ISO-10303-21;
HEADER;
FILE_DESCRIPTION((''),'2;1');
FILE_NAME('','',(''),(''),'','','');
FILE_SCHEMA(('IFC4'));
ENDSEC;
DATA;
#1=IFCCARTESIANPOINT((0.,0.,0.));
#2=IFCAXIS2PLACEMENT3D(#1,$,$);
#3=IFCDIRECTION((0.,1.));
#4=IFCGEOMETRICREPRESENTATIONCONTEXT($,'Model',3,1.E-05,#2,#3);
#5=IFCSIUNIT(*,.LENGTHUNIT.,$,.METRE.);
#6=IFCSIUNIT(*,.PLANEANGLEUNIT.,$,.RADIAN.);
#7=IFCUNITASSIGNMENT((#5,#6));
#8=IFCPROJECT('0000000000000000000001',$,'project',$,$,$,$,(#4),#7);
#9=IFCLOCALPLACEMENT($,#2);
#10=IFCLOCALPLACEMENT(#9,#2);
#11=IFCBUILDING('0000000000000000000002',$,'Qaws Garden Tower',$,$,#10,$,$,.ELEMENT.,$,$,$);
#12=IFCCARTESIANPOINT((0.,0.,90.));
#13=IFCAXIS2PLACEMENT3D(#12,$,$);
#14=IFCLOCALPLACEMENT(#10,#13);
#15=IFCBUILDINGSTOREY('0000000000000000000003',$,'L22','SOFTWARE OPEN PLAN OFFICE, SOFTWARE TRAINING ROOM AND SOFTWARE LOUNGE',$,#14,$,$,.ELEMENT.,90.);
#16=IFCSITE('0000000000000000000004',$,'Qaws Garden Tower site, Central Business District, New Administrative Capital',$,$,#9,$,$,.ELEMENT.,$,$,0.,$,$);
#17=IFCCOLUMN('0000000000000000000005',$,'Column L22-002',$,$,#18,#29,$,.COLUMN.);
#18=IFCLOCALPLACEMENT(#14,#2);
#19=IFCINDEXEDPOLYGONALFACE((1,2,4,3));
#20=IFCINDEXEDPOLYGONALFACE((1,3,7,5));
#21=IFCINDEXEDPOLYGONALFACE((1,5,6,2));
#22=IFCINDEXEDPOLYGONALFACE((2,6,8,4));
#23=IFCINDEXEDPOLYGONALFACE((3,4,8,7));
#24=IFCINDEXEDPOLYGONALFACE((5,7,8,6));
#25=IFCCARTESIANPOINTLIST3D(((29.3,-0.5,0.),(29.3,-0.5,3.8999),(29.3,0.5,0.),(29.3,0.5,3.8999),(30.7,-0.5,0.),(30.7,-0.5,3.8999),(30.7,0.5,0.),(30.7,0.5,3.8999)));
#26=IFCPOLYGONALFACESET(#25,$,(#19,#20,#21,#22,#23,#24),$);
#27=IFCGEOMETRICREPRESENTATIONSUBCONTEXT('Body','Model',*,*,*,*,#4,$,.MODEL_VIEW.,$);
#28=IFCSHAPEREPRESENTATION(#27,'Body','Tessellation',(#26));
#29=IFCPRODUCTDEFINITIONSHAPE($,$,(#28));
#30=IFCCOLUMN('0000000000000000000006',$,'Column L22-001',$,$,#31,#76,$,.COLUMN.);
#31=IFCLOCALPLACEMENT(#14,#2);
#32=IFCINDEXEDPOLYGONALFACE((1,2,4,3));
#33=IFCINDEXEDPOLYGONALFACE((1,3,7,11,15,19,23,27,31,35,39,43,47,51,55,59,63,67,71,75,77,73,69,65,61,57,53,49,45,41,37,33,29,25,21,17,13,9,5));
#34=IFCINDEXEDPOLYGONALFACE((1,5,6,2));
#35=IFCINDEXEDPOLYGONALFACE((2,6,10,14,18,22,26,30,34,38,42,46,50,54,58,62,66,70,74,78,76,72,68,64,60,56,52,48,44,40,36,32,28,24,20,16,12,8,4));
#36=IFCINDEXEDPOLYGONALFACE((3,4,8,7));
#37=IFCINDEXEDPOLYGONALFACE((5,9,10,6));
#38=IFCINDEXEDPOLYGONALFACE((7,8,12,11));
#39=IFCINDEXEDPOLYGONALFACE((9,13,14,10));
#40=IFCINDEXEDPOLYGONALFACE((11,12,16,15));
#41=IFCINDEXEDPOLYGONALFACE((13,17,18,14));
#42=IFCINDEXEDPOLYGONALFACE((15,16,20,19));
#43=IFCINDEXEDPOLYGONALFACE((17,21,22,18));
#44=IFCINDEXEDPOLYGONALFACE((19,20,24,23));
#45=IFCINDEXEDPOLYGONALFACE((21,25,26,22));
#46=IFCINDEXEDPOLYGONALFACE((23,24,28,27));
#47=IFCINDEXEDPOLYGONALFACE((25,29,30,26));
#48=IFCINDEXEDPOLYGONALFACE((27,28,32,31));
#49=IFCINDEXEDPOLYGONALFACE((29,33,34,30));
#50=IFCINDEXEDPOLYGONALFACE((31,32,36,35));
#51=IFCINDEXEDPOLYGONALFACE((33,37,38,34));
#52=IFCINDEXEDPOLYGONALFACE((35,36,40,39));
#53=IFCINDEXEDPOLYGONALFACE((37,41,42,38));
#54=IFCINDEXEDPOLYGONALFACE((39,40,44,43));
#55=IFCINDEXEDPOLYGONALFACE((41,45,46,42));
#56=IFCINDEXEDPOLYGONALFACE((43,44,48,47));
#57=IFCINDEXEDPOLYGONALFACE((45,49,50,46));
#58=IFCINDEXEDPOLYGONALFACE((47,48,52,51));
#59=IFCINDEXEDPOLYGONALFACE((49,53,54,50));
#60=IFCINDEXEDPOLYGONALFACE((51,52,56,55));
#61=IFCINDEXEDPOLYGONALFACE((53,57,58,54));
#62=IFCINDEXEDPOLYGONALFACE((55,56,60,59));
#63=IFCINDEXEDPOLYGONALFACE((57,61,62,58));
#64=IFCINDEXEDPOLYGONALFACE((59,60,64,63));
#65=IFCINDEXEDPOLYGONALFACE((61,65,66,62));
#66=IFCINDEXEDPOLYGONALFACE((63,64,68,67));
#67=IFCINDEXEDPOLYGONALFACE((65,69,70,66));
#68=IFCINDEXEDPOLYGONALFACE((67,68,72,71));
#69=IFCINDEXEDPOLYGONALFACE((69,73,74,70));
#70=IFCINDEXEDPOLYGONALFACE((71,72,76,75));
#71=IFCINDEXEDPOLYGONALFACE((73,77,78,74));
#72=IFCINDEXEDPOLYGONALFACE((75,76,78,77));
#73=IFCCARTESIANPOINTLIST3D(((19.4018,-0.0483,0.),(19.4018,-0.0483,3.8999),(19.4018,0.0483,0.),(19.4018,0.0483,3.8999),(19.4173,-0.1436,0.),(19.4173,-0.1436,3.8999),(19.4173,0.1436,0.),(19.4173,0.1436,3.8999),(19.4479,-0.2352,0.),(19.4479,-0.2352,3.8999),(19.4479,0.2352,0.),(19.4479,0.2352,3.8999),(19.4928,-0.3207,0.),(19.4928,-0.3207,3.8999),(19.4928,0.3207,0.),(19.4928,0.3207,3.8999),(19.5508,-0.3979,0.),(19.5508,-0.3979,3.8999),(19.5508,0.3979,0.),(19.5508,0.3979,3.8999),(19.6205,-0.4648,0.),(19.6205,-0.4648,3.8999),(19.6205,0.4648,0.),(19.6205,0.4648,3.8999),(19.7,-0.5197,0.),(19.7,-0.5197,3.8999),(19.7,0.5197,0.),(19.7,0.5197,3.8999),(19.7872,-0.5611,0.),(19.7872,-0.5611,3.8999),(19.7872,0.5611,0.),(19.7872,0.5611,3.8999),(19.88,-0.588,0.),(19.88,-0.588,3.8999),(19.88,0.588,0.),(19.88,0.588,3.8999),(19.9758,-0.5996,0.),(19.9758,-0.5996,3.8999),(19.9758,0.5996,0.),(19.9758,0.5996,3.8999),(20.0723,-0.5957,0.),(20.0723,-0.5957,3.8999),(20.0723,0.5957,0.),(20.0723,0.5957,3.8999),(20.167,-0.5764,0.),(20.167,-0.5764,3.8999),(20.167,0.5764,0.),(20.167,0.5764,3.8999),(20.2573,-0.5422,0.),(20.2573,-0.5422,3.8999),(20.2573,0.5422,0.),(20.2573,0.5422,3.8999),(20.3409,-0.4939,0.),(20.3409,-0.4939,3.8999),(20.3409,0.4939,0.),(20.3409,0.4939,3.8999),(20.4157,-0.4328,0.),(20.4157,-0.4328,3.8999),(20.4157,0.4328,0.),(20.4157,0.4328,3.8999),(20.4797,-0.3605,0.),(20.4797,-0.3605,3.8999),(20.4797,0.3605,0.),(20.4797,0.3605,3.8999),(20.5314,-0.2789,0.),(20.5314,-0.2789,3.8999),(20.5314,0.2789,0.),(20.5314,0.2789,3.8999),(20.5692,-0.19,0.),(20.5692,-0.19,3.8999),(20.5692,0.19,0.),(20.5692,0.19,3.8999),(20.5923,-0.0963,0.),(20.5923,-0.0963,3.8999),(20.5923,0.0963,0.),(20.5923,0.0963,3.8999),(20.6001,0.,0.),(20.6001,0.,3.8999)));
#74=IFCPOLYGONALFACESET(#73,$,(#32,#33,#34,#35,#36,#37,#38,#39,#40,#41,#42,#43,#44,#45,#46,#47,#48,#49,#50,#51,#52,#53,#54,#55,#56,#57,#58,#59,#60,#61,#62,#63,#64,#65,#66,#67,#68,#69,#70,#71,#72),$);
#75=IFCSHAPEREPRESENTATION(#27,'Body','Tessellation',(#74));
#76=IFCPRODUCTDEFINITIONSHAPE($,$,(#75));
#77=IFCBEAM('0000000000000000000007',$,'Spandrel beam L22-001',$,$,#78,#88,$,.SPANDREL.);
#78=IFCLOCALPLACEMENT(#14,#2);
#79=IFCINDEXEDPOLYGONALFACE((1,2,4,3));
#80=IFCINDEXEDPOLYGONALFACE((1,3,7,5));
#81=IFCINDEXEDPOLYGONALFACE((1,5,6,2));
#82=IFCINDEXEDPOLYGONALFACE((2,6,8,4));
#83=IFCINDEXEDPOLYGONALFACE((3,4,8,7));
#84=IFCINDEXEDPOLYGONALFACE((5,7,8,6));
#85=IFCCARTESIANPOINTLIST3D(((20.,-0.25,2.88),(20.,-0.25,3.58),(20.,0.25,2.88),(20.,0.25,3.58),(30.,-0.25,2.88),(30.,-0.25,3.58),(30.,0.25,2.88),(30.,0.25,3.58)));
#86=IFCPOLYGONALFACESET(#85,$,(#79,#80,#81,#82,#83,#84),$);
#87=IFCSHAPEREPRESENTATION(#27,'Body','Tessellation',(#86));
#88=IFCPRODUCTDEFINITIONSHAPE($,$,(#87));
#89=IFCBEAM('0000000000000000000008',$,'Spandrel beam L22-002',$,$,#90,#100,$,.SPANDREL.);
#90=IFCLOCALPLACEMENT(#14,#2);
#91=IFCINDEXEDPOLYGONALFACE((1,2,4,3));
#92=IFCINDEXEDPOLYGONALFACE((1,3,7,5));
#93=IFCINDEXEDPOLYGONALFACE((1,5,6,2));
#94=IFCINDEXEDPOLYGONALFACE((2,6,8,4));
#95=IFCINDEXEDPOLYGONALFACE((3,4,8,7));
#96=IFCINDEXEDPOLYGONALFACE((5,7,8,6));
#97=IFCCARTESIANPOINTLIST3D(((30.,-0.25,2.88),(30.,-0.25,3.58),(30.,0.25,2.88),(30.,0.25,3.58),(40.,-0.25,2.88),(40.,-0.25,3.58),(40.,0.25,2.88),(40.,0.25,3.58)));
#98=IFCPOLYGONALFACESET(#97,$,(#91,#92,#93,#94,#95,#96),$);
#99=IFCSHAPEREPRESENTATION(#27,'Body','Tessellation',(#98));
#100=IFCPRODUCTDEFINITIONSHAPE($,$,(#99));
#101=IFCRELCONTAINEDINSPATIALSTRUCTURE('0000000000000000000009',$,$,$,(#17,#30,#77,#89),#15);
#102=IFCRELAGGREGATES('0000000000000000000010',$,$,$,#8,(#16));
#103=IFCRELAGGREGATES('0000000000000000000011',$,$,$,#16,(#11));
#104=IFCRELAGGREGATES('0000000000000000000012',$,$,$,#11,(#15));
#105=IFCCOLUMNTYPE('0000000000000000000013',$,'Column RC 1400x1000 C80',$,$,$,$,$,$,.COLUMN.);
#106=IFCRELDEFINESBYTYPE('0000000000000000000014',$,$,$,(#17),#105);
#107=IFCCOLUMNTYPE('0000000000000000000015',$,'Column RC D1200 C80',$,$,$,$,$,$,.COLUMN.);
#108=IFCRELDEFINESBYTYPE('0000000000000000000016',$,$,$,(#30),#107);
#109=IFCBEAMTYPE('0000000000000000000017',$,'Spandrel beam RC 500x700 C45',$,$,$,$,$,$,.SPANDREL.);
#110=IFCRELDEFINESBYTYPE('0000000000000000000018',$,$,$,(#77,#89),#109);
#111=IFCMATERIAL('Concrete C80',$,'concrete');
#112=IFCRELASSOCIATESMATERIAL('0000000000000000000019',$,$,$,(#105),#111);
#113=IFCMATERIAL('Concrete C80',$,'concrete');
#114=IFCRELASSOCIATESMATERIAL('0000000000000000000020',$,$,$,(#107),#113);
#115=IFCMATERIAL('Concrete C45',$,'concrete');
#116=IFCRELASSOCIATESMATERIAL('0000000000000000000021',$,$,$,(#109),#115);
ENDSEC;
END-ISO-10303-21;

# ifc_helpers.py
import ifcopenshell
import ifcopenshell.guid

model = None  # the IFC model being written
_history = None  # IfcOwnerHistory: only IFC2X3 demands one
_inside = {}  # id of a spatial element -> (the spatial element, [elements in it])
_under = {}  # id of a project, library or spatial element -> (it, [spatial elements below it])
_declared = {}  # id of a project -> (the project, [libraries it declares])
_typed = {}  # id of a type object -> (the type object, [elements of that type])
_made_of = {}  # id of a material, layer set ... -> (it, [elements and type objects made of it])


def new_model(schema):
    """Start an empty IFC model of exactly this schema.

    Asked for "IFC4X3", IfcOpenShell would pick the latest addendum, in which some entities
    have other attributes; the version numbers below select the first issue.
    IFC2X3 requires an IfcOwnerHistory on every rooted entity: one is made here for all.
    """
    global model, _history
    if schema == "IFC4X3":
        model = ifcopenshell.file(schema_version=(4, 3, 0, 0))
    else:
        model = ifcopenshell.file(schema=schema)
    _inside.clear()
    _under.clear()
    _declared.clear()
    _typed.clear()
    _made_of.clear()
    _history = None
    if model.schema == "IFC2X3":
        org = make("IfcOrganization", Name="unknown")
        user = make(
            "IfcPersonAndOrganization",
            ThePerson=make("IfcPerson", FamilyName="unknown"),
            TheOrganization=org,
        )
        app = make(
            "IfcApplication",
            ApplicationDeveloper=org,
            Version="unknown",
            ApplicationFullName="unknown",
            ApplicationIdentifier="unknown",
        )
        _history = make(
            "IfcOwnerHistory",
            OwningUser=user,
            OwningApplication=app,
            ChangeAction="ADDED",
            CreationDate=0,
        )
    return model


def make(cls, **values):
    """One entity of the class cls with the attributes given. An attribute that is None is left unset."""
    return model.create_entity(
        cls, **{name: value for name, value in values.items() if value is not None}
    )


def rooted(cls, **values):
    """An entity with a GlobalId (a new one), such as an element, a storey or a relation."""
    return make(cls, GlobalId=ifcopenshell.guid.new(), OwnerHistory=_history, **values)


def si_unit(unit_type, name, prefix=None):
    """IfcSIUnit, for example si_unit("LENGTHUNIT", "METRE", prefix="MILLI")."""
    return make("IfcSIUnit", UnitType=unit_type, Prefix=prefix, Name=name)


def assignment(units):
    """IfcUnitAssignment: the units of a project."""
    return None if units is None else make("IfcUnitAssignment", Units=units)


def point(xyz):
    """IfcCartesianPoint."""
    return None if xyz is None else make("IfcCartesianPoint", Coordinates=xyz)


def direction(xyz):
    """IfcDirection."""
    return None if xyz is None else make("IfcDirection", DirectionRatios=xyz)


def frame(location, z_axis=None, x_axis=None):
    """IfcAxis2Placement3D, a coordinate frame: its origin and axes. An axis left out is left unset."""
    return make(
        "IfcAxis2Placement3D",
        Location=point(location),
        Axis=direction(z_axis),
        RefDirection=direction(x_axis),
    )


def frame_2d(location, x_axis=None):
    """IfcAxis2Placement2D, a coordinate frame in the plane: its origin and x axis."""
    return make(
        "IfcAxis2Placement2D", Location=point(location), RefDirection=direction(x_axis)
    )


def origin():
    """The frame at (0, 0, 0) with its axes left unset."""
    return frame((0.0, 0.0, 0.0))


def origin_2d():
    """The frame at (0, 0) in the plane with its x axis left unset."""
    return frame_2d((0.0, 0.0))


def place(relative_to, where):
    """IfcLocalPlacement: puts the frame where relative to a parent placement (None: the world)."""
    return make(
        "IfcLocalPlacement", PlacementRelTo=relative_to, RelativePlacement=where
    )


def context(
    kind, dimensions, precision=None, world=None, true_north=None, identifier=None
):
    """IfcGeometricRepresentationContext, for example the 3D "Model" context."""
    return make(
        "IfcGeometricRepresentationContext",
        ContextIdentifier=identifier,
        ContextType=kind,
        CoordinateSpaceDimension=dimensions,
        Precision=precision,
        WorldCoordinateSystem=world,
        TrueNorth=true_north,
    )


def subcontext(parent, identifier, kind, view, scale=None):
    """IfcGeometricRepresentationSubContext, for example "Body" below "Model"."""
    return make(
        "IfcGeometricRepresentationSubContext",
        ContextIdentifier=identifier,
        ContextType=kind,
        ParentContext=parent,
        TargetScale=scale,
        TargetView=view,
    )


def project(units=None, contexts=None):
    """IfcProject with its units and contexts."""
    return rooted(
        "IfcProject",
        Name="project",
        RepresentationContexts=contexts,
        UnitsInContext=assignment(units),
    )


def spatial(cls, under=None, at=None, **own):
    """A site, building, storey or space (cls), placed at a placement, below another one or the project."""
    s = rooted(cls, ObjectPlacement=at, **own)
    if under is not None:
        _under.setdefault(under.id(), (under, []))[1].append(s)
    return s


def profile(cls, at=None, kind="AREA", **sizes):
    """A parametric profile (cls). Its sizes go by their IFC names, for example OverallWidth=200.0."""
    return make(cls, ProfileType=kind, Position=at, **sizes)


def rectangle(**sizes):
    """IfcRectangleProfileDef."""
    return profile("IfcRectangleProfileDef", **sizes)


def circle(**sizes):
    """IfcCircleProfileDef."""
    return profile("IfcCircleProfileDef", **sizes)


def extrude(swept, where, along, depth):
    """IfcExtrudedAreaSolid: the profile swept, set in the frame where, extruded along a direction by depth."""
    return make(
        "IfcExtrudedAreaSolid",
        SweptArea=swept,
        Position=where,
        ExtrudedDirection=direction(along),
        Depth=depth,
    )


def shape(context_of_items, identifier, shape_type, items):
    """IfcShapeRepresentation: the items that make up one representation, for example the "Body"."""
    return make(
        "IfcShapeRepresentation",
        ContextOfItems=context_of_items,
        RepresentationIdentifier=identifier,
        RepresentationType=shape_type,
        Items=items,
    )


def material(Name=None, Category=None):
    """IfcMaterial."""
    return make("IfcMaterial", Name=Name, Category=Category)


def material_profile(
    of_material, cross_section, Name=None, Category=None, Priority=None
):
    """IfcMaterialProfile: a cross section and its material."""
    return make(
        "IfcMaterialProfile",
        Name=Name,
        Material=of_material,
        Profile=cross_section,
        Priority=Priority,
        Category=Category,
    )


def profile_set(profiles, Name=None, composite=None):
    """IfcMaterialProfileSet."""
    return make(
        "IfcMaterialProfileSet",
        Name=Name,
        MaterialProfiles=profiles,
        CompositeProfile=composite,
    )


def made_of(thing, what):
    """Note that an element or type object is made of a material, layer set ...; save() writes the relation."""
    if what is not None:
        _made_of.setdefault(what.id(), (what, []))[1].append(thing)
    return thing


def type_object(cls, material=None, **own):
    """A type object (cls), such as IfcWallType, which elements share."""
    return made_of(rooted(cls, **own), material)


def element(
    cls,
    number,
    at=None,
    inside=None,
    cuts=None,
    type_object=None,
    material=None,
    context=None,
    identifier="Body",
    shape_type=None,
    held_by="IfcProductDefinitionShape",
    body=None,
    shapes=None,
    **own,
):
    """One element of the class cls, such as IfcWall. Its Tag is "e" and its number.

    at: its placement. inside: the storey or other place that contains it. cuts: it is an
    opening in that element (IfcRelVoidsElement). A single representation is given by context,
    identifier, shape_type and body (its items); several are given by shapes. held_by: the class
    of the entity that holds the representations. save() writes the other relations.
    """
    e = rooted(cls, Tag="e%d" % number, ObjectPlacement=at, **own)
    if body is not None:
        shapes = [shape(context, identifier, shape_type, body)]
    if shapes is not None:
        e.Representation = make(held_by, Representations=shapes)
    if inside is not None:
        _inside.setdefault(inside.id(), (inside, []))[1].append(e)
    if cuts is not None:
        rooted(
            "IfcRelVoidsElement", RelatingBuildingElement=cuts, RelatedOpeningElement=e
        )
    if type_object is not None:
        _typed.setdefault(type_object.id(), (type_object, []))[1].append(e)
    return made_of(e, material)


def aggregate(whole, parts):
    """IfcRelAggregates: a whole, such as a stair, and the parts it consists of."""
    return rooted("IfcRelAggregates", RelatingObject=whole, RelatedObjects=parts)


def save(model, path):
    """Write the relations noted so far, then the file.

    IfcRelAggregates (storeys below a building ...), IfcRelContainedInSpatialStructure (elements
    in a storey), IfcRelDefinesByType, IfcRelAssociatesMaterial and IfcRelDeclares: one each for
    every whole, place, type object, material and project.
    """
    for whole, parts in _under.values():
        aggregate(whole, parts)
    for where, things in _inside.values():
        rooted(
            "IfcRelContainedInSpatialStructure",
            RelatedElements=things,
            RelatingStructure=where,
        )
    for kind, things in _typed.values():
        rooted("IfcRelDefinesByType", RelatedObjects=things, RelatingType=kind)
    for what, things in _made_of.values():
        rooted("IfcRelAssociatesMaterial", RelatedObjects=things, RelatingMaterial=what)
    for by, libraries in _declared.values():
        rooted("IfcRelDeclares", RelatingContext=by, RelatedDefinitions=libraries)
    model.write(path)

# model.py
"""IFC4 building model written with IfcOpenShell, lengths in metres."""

from ifc_helpers import new_model, si_unit, direction, frame, origin, origin_2d, place, context, subcontext, project, spatial, rectangle, circle, extrude, material, material_profile, profile_set, type_object, element, save


model = new_model("IFC4")

# Units and contexts
model_context = context("Model", 3, precision=1e-05, world=origin(), true_north=direction((0.0, 1.0)))
body_context = subcontext(model_context, "Body", "Model", "MODEL_VIEW")
ifc_project = project(units=[si_unit("LENGTHUNIT", "METRE"), si_unit("PLANEANGLEUNIT", "RADIAN")], contexts=[model_context])

# Site, building, storey
site_placement = place(None, origin())
site = spatial("IfcSite", under=ifc_project, at=site_placement, Name="Qaws Garden Tower site, Central Business District, New Administrative Capital", CompositionType="ELEMENT", RefElevation=0.0)
building_placement = place(site_placement, origin())
building = spatial("IfcBuilding", under=site, at=building_placement, Name="Qaws Garden Tower", CompositionType="ELEMENT")
storey_placement = place(building_placement, frame((0.0, 0.0, 90.0)))
storey = spatial("IfcBuildingStorey", under=building, at=storey_placement, Name="L22", Description="SOFTWARE OPEN PLAN OFFICE, SOFTWARE TRAINING ROOM AND SOFTWARE LOUNGE", CompositionType="ELEMENT", Elevation=90.0)

# Columns
ifc_material_1 = material(Name="Concrete C80", Category="concrete")
ifc_material_profile_1 = material_profile(ifc_material_1, rectangle(XDim=1.3999, YDim=1.0, at=origin_2d()), Name="RC 1400x1000")
ifc_profile_set_1 = profile_set([ifc_material_profile_1], Name="Concrete C80")
column_type_1 = type_object("IfcColumnType", Name="Column RC 1400x1000 C80", PredefinedType="COLUMN", material=ifc_profile_set_1)
column_1_placement = place(storey_placement, frame((30.0, 0.0, 0.0), z_axis=(0.0, 0.0, 1.0), x_axis=(1.0, 0.0, 0.0)))
element("IfcColumn", 1, at=column_1_placement, inside=storey, type_object=column_type_1, Name="Column L22-002", PredefinedType="COLUMN", context=body_context, shape_type="SweptSolid", body=[
    extrude(rectangle(XDim=1.3999, YDim=1.0, at=origin_2d()), origin(), (0.0, 0.0, 1.0), 3.8999),
])
ifc_material_2 = material(Name="Concrete C80", Category="concrete")
ifc_material_profile_2 = material_profile(ifc_material_2, circle(Radius=0.6001, at=origin_2d()), Name="RC D1200")
ifc_profile_set_2 = profile_set([ifc_material_profile_2], Name="Concrete C80")
column_type_2 = type_object("IfcColumnType", Name="Column RC D1200 C80", PredefinedType="COLUMN", material=ifc_profile_set_2)
column_2_placement = place(storey_placement, frame((20.0, 0.0, 0.0), z_axis=(0.0, 0.0, 1.0), x_axis=(1.0, 0.0, 0.0)))
element("IfcColumn", 2, at=column_2_placement, inside=storey, type_object=column_type_2, Name="Column L22-001", PredefinedType="COLUMN", context=body_context, shape_type="SweptSolid", body=[
    extrude(circle(Radius=0.6001, at=origin_2d()), origin(), (0.0, 0.0, 1.0), 3.8999),
])

# Beams
ifc_material_3 = material(Name="Concrete C45", Category="concrete")
ifc_material_profile_3 = material_profile(ifc_material_3, rectangle(XDim=0.5, YDim=0.7, at=origin_2d()), Name="RC 500x700")
ifc_profile_set_3 = profile_set([ifc_material_profile_3], Name="Concrete C45")
beam_type = type_object("IfcBeamType", Name="Spandrel beam RC 500x700 C45", PredefinedType="SPANDREL", material=ifc_profile_set_3)
for number, where, z_axis, x_axis, name in (
    (3, (20.0, 0.0, 3.23), (1.0, 0.0, 0.0), (0.0, 1.0, 0.0), "Spandrel beam L22-001"),
    (4, (30.0, 0.0, 3.23), (1.0, 0.0, 0.0), (0.0, 1.0, 0.0), "Spandrel beam L22-002"),
):
    element("IfcBeam", number, at=place(storey_placement, frame(where, z_axis=z_axis, x_axis=x_axis)), inside=storey, type_object=beam_type, Name=name, PredefinedType="SPANDREL", context=body_context, shape_type="SweptSolid", body=[
        extrude(rectangle(XDim=0.5, YDim=0.7, at=origin_2d()), origin(), (0.0, 0.0, 1.0), 10.0),
    ])

save(model, "model.ifc")
